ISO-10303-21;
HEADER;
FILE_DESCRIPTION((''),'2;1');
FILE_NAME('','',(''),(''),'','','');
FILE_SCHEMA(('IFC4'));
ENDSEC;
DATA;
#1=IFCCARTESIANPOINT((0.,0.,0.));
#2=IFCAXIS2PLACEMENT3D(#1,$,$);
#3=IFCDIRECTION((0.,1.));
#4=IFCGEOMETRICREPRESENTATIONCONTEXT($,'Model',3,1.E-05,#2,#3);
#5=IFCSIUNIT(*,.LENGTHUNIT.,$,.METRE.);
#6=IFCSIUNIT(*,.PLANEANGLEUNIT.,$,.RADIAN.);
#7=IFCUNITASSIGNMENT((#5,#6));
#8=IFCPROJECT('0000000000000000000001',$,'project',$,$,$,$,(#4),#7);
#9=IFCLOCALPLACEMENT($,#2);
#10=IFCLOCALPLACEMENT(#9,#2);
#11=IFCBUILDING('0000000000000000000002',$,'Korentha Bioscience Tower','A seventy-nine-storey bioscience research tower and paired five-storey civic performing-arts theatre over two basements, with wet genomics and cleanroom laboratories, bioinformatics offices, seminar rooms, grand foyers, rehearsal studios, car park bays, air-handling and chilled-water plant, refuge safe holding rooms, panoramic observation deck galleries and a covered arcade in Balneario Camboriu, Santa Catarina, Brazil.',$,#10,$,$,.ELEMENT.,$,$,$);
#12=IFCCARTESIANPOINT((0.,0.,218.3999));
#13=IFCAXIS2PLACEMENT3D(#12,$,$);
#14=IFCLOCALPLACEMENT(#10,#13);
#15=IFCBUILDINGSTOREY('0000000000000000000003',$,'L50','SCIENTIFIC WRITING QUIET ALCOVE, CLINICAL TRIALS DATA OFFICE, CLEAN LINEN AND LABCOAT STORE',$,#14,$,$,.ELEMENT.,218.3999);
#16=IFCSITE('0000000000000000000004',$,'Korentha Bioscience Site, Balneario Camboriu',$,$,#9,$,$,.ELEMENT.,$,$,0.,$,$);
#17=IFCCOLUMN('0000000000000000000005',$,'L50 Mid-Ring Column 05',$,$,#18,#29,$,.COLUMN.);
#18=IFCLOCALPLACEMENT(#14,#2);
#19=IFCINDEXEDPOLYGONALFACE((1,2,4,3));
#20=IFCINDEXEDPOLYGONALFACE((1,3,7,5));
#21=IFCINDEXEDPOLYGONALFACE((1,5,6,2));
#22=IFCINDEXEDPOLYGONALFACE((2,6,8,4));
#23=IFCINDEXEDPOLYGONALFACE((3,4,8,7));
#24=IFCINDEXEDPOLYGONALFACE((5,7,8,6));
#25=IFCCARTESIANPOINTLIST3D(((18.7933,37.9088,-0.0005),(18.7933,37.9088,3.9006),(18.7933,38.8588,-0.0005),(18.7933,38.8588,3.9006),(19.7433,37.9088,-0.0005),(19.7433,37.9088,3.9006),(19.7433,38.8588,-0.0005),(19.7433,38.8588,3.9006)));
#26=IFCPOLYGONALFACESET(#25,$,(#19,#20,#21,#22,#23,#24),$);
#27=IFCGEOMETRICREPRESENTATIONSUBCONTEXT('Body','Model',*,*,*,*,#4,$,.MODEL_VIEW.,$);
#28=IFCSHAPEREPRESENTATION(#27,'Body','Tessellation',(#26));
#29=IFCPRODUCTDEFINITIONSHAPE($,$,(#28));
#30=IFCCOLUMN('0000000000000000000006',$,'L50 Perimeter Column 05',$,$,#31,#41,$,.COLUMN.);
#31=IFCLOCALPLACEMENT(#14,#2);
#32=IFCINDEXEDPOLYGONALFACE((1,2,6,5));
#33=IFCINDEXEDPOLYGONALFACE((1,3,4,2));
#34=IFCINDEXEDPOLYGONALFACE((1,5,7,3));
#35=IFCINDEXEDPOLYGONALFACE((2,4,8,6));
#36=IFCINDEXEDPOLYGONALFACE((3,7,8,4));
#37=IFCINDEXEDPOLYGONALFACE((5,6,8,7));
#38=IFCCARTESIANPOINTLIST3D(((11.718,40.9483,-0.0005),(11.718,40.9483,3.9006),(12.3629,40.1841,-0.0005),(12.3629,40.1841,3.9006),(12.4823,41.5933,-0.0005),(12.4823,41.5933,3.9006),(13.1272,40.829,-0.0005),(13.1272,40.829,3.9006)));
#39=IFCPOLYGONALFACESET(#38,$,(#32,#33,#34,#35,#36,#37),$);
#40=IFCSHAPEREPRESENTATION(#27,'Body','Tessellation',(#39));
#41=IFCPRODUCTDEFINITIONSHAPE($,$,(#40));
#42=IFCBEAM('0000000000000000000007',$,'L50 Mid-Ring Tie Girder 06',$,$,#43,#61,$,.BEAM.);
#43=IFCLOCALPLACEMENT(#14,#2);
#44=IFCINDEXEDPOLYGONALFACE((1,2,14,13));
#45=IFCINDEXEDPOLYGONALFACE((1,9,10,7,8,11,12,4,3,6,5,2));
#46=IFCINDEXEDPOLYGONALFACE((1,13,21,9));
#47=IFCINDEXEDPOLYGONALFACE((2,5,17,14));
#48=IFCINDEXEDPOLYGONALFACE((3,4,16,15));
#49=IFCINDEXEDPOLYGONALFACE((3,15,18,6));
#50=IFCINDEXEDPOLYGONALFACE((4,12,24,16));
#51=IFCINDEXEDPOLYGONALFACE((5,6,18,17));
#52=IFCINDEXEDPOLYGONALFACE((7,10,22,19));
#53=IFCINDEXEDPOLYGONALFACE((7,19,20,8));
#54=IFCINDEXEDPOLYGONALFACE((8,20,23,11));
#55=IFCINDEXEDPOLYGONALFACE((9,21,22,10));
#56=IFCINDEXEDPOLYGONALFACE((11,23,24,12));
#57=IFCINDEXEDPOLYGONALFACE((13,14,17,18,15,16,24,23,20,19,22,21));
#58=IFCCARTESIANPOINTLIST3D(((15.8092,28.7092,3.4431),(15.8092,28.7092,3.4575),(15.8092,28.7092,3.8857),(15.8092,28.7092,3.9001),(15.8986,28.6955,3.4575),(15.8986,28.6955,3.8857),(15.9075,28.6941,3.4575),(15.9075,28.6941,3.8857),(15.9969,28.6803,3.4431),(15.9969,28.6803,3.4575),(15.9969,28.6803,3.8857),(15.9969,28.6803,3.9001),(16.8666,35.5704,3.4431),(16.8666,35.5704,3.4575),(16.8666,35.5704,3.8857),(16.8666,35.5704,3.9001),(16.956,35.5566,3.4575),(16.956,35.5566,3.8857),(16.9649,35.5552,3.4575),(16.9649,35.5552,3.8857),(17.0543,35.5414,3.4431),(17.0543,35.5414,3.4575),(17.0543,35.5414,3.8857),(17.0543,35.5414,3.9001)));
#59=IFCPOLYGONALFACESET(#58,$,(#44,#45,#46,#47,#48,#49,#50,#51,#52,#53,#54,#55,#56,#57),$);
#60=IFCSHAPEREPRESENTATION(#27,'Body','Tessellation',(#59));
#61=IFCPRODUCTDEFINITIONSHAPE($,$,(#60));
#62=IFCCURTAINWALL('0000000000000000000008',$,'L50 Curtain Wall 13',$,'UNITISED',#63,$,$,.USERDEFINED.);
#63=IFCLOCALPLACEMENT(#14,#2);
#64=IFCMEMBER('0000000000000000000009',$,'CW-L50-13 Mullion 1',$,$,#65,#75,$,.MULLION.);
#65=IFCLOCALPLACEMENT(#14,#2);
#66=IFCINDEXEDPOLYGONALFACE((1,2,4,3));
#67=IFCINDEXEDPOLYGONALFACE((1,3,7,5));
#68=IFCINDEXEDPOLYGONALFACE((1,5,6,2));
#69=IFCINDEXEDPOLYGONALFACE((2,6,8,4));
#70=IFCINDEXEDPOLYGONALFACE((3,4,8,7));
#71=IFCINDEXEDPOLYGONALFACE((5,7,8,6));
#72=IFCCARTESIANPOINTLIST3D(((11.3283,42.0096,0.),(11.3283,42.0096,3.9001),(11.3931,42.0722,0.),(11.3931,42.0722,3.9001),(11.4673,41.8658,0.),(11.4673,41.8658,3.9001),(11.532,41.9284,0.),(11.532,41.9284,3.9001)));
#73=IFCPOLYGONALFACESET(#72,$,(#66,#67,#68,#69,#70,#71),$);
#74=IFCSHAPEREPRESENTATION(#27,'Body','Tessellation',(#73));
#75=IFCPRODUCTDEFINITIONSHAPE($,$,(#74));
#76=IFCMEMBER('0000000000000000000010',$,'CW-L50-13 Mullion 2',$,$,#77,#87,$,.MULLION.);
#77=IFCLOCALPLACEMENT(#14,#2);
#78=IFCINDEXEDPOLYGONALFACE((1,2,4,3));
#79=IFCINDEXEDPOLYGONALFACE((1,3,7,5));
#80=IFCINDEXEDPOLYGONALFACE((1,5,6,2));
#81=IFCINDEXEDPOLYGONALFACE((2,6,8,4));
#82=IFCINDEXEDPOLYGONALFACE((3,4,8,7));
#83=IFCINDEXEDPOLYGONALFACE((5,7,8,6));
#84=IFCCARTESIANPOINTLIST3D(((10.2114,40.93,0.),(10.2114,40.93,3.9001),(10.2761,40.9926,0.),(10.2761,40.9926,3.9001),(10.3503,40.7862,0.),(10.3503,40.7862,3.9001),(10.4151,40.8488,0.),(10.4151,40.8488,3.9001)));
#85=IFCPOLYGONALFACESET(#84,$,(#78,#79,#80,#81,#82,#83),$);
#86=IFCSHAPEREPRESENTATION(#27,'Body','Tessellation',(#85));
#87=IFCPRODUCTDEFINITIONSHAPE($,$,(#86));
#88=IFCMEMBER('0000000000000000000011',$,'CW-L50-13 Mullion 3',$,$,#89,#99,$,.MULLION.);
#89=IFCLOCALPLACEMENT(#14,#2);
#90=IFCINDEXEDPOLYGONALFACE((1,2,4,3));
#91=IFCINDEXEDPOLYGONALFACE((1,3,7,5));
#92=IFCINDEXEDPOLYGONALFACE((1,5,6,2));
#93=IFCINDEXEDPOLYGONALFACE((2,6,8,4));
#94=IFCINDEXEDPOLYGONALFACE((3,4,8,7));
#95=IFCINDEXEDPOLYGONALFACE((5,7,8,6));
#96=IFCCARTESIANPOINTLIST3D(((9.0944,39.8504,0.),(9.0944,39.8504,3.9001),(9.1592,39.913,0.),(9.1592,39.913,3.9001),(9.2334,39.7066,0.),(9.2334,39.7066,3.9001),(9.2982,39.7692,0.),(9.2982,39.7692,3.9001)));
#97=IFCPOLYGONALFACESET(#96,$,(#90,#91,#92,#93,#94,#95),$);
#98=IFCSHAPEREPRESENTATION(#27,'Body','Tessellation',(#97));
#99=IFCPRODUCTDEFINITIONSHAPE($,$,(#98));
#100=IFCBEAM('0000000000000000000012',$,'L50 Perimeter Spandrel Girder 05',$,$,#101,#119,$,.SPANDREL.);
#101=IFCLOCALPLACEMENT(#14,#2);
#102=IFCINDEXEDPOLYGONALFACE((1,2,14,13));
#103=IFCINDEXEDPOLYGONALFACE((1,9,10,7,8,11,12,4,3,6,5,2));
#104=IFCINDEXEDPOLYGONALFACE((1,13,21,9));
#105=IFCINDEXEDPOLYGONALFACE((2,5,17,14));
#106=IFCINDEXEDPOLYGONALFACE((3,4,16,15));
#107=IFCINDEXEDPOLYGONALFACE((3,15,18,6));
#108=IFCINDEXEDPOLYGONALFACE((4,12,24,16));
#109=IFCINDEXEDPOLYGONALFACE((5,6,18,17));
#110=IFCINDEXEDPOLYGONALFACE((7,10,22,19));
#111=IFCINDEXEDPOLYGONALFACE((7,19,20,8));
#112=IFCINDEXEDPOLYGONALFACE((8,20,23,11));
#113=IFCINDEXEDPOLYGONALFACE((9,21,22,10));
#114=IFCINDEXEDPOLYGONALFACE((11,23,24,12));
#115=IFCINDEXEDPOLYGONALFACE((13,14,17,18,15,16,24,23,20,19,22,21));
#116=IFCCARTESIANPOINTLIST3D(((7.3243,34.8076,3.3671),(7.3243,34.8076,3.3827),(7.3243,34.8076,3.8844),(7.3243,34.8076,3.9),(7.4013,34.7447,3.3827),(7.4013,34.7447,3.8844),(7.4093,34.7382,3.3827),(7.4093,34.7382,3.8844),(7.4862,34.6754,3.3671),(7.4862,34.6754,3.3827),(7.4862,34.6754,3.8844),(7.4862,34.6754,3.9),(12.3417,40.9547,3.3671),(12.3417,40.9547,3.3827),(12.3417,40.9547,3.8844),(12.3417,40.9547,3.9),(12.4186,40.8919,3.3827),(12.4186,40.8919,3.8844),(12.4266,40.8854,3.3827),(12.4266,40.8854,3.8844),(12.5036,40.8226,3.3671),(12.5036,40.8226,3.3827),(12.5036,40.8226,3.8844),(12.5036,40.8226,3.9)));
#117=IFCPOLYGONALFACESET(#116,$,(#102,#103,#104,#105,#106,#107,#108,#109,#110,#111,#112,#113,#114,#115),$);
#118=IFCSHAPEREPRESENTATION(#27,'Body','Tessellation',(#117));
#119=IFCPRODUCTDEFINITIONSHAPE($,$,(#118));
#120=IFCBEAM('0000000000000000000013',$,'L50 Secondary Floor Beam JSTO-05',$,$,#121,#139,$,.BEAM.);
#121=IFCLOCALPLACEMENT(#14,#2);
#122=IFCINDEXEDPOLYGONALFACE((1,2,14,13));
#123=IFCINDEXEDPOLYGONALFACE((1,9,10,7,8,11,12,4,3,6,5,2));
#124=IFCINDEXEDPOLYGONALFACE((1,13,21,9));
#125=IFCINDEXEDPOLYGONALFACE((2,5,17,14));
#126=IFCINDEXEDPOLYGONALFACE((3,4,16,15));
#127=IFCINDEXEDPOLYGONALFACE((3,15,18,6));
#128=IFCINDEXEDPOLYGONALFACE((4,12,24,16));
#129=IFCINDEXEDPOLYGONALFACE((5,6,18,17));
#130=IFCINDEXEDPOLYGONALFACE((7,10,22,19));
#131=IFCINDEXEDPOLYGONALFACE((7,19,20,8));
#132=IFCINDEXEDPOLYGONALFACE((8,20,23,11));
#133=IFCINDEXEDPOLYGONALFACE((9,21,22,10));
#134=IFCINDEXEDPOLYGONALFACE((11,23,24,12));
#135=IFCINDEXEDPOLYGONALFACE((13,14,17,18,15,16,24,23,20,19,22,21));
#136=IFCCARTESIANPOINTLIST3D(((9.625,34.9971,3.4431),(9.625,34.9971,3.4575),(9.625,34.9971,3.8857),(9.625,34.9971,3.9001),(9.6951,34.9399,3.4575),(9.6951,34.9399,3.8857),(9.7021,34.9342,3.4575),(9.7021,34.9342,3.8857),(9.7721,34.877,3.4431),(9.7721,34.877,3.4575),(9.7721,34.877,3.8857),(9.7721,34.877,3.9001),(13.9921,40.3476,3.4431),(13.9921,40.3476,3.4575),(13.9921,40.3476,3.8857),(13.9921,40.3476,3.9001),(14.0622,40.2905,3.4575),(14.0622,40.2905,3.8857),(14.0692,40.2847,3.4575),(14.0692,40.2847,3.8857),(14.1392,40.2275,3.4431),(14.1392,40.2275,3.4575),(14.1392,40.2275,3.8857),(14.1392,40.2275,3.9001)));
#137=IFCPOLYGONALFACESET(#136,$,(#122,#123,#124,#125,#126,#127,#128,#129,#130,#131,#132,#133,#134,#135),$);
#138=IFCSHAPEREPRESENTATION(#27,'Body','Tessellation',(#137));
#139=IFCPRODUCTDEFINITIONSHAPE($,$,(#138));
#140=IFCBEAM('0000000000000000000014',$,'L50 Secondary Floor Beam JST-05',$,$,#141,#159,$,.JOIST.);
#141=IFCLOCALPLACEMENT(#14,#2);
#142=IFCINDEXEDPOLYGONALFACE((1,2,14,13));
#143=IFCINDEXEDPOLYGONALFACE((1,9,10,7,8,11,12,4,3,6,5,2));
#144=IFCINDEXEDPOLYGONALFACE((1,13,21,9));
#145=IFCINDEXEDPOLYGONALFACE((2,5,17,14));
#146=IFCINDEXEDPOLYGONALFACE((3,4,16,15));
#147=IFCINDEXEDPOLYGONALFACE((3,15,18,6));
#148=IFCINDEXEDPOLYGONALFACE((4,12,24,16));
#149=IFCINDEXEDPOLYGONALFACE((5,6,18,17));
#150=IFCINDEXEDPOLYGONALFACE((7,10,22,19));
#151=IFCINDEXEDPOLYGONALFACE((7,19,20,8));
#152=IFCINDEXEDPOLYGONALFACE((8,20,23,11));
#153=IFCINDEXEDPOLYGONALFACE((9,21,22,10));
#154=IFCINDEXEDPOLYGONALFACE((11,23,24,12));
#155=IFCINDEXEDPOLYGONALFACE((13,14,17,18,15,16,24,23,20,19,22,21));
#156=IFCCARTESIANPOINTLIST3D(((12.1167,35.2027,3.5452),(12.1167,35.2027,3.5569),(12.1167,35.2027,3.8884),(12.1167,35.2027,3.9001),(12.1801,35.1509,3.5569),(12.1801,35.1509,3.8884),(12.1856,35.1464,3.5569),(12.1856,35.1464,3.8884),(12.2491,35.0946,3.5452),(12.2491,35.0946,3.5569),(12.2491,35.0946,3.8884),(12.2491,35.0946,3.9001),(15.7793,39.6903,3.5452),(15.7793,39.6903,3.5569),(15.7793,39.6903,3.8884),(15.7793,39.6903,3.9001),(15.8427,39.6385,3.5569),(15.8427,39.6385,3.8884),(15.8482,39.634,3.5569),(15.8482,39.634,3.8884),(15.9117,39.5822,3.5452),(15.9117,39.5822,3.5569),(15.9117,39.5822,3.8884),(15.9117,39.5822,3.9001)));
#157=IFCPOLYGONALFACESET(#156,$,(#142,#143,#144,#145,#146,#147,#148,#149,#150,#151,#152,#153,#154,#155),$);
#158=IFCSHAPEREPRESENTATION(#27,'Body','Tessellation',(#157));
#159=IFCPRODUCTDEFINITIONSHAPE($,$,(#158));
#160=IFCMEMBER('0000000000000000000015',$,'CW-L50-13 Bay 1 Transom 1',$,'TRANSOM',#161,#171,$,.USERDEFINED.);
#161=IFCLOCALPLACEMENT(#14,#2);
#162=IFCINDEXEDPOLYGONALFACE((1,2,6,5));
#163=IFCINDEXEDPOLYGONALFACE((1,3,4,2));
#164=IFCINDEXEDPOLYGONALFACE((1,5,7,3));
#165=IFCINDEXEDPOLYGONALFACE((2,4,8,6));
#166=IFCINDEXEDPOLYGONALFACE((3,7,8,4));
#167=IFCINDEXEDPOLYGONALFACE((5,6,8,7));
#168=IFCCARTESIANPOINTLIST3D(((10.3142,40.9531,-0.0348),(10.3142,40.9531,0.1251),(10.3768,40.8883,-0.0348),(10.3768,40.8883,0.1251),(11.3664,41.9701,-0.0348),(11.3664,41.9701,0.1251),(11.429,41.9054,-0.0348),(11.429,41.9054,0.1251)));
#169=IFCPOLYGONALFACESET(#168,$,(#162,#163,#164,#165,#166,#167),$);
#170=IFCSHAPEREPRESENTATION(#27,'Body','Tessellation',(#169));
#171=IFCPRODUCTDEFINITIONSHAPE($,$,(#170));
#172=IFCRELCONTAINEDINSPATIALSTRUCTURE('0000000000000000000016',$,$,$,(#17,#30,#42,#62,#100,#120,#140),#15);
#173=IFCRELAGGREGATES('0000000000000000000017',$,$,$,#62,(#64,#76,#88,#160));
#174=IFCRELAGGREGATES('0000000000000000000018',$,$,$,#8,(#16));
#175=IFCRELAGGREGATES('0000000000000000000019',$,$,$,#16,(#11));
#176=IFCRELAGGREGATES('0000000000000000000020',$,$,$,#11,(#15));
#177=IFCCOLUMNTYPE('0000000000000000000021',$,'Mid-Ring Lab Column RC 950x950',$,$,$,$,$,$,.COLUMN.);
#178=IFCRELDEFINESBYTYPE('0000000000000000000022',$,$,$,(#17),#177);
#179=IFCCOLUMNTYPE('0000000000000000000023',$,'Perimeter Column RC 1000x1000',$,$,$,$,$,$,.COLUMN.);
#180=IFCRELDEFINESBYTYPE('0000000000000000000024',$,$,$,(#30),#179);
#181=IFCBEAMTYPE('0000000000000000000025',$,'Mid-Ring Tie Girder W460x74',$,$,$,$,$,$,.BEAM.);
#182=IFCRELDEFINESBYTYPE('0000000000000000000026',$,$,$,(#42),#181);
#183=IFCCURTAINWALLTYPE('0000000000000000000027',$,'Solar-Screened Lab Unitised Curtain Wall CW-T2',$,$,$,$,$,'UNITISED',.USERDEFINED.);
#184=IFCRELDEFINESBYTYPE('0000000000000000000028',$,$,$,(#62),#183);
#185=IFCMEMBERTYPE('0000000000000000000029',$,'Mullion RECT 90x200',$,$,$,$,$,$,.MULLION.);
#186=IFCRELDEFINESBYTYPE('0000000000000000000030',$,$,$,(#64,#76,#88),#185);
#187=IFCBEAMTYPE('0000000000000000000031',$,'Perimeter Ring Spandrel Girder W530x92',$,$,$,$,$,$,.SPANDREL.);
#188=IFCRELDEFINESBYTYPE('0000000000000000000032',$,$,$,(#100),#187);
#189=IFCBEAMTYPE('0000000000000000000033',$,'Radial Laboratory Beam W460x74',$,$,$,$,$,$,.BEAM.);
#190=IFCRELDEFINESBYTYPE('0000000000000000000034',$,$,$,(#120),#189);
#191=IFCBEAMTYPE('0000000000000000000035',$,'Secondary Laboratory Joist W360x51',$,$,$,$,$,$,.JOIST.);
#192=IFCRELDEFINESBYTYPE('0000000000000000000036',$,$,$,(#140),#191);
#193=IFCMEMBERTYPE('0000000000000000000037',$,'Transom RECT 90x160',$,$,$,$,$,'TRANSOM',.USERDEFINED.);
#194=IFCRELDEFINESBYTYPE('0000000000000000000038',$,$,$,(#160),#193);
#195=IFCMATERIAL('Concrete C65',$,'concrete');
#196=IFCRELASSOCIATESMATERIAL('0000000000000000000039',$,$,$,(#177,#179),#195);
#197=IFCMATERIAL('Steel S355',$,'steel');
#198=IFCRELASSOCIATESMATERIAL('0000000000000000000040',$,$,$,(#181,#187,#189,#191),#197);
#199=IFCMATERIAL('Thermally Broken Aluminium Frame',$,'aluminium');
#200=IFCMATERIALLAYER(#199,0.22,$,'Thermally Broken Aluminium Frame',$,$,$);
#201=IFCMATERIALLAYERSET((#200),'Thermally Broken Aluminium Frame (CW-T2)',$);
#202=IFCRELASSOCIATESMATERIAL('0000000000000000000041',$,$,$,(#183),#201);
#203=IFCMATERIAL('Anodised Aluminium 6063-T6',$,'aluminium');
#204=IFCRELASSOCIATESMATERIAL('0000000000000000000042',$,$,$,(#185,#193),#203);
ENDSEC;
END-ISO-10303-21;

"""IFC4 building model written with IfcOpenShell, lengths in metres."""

from ifc_helpers import new_model, si_unit, direction, frame, origin, origin_2d, place, context, subcontext, project, spatial, rectangle, i_section, extrude, material, layer, layer_set, material_profile, profile_set, type_object, element, aggregate, save


model = new_model("IFC4")

# Units and contexts
model_context = context("Model", 3, precision=1e-05, world=origin(), true_north=direction((0.0, 1.0)))
body_context = subcontext(model_context, "Body", "Model", "MODEL_VIEW")
ifc_project = project(units=[si_unit("LENGTHUNIT", "METRE"), si_unit("PLANEANGLEUNIT", "RADIAN")], contexts=[model_context])

# Site, building, storey
site_placement = place(None, origin())
site = spatial("IfcSite", under=ifc_project, at=site_placement, Name="Korentha Bioscience Site, Balneario Camboriu", CompositionType="ELEMENT", RefElevation=0.0)
building_placement = place(site_placement, origin())
building = spatial("IfcBuilding", under=site, at=building_placement, Name="Korentha Bioscience Tower", Description="A seventy-nine-storey bioscience research tower and paired five-storey civic performing-arts theatre over two basements, with wet genomics and cleanroom laboratories, bioinformatics offices, seminar rooms, grand foyers, rehearsal studios, car park bays, air-handling and chilled-water plant, refuge safe holding rooms, panoramic observation deck galleries and a covered arcade in Balneario Camboriu, Santa Catarina, Brazil.", CompositionType="ELEMENT")
storey_placement = place(building_placement, frame((0.0, 0.0, 218.3999)))
storey = spatial("IfcBuildingStorey", under=building, at=storey_placement, Name="L50", Description="SCIENTIFIC WRITING QUIET ALCOVE, CLINICAL TRIALS DATA OFFICE, CLEAN LINEN AND LABCOAT STORE", CompositionType="ELEMENT", Elevation=218.3999)

# Columns
ifc_material_1 = material(Name="Concrete C65", Category="concrete")
ifc_material_profile_1 = material_profile(ifc_material_1, rectangle(XDim=0.95, YDim=0.95, at=origin_2d()), Name="Concrete C65")
ifc_profile_set_1 = profile_set([ifc_material_profile_1], Name="Concrete C65 (COL-MR09)")
column_type_1 = type_object("IfcColumnType", Name="Mid-Ring Lab Column RC 950x950", PredefinedType="COLUMN", material=ifc_profile_set_1)
column_1_placement = place(storey_placement, frame((19.2683, 38.3838, -0.0005), z_axis=(0.0, 0.0, 1.0), x_axis=(1.0, 0.0, 0.0)))
element("IfcColumn", 1, at=column_1_placement, inside=storey, type_object=column_type_1, Name="L50 Mid-Ring Column 05", PredefinedType="COLUMN", context=body_context, shape_type="SweptSolid", body=[
    extrude(rectangle(XDim=0.95, YDim=0.95, at=origin_2d()), origin(), (0.0, 0.0, 1.0), 3.9011),
])
ifc_material_profile_2 = material_profile(ifc_material_1, rectangle(XDim=1.0, YDim=1.0, at=origin_2d()), Name="Concrete C65")
ifc_profile_set_2 = profile_set([ifc_material_profile_2], Name="Concrete C65 (COL-P10)")
column_type_2 = type_object("IfcColumnType", Name="Perimeter Column RC 1000x1000", PredefinedType="COLUMN", material=ifc_profile_set_2)
column_2_placement = place(storey_placement, frame((12.4226, 40.8887, -0.0005), z_axis=(0.0, 0.0, 1.0), x_axis=(0.764246, 0.644924, 0.0)))
element("IfcColumn", 2, at=column_2_placement, inside=storey, type_object=column_type_2, Name="L50 Perimeter Column 05", PredefinedType="COLUMN", context=body_context, shape_type="SweptSolid", body=[
    extrude(rectangle(XDim=1.0, YDim=1.0, at=origin_2d()), origin(), (0.0, 0.0, 1.0), 3.9011),
])

# Beam
ifc_material_2 = material(Name="Steel S355", Category="steel")
ifc_material_profile_3 = material_profile(ifc_material_2, i_section(OverallWidth=0.1899, OverallDepth=0.457, WebThickness=0.009, FlangeThickness=0.0144, at=origin_2d()), Name="Steel S355")
ifc_profile_set_3 = profile_set([ifc_material_profile_3], Name="Steel S355 (MB-460)")
beam_type_1 = type_object("IfcBeamType", Name="Mid-Ring Tie Girder W460x74", PredefinedType="BEAM", material=ifc_profile_set_3)
beam_1_placement = place(storey_placement, frame((16.9604, 35.5559, 3.6716), z_axis=(-0.152314, -0.988332, 0.0), x_axis=(0.988332, -0.152314, 0.0)))
element("IfcBeam", 3, at=beam_1_placement, inside=storey, type_object=beam_type_1, Name="L50 Mid-Ring Tie Girder 06", PredefinedType="BEAM", context=body_context, shape_type="SweptSolid", body=[
    extrude(i_section(OverallWidth=0.1899, OverallDepth=0.457, WebThickness=0.009, FlangeThickness=0.0144, at=origin_2d()), origin(), (0.0, 0.0, 1.0), 6.9421),
])

# Curtain wall, members
ifc_material_3 = material(Name="Thermally Broken Aluminium Frame", Category="aluminium")
ifc_layer_1 = layer(ifc_material_3, 0.22, Name="Thermally Broken Aluminium Frame")
ifc_layer_set_1 = layer_set([ifc_layer_1], Name="Thermally Broken Aluminium Frame (CW-T2)")
curtain_wall_type = type_object("IfcCurtainWallType", Name="Solar-Screened Lab Unitised Curtain Wall CW-T2", ElementType="UNITISED", PredefinedType="USERDEFINED", material=ifc_layer_set_1)
curtain_wall_placement = place(storey_placement, origin())
curtain_wall = element("IfcCurtainWall", 4, at=curtain_wall_placement, inside=storey, type_object=curtain_wall_type, Name="L50 Curtain Wall 13", ObjectType="UNITISED", PredefinedType="USERDEFINED")
ifc_material_4 = material(Name="Anodised Aluminium 6063-T6", Category="aluminium")
ifc_material_profile_4 = material_profile(ifc_material_4, rectangle(XDim=0.0901, YDim=0.2, at=origin_2d()), Name="Anodised Aluminium 6063-T6")
ifc_profile_set_4 = profile_set([ifc_material_profile_4], Name="Anodised Aluminium 6063-T6 (CW-MUL)")
member_type_1 = type_object("IfcMemberType", Name="Mullion RECT 90x200", PredefinedType="MULLION", material=ifc_profile_set_4)
member_1_placement = place(storey_placement, frame((11.4302, 41.969, 0.0), z_axis=(0.0, 0.0, 1.0), x_axis=(-0.719, -0.69501, 0.0)))
member_1 = element("IfcMember", 5, at=member_1_placement, type_object=member_type_1, Name="CW-L50-13 Mullion 1", PredefinedType="MULLION", context=body_context, shape_type="SweptSolid", body=[
    extrude(rectangle(XDim=0.0901, YDim=0.2, at=origin_2d()), origin(), (0.0, 0.0, 1.0), 3.9001),
])
member_2_placement = place(storey_placement, frame((10.3132, 40.8894, 0.0), z_axis=(0.0, 0.0, 1.0), x_axis=(-0.719, -0.69501, 0.0)))
member_2 = element("IfcMember", 6, at=member_2_placement, type_object=member_type_1, Name="CW-L50-13 Mullion 2", PredefinedType="MULLION", context=body_context, shape_type="SweptSolid", body=[
    extrude(rectangle(XDim=0.0901, YDim=0.2, at=origin_2d()), origin(), (0.0, 0.0, 1.0), 3.9001),
])
member_3_placement = place(storey_placement, frame((9.1963, 39.8098, 0.0), z_axis=(0.0, 0.0, 1.0), x_axis=(-0.719, -0.69501, 0.0)))
member_3 = element("IfcMember", 7, at=member_3_placement, type_object=member_type_1, Name="CW-L50-13 Mullion 3", PredefinedType="MULLION", context=body_context, shape_type="SweptSolid", body=[
    extrude(rectangle(XDim=0.0901, YDim=0.2, at=origin_2d()), origin(), (0.0, 0.0, 1.0), 3.9001),
])

# Beams
ifc_material_profile_5 = material_profile(ifc_material_2, i_section(OverallWidth=0.209, OverallDepth=0.533, WebThickness=0.0103, FlangeThickness=0.0156, at=origin_2d()), Name="Steel S355")
ifc_profile_set_5 = profile_set([ifc_material_profile_5], Name="Steel S355 (SB-530)")
beam_type_2 = type_object("IfcBeamType", Name="Perimeter Ring Spandrel Girder W530x92", PredefinedType="SPANDREL", material=ifc_profile_set_5)
beam_2_placement = place(storey_placement, frame((12.4226, 40.8887, 3.6335), z_axis=(-0.632316, -0.774711, 0.0), x_axis=(0.774711, -0.632316, 0.0)))
element("IfcBeam", 8, at=beam_2_placement, inside=storey, type_object=beam_type_2, Name="L50 Perimeter Spandrel Girder 05", PredefinedType="SPANDREL", context=body_context, shape_type="SweptSolid", body=[
    extrude(i_section(OverallWidth=0.209, OverallDepth=0.533, WebThickness=0.0103, FlangeThickness=0.0156, at=origin_2d()), origin(), (0.0, 0.0, 1.0), 7.9348),
])
ifc_material_profile_6 = material_profile(ifc_material_2, i_section(OverallWidth=0.1899, OverallDepth=0.457, WebThickness=0.009, FlangeThickness=0.0144, at=origin_2d()), Name="Steel S355")
ifc_profile_set_6 = profile_set([ifc_material_profile_6], Name="Steel S355 (RB-460)")
beam_type_3 = type_object("IfcBeamType", Name="Radial Laboratory Beam W460x74", PredefinedType="BEAM", material=ifc_profile_set_6)
beam_3_placement = place(storey_placement, frame((14.0657, 40.2876, 3.6716), z_axis=(-0.632321, -0.774706, 0.0), x_axis=(0.774706, -0.632321, 0.0)))
element("IfcBeam", 9, at=beam_3_placement, inside=storey, type_object=beam_type_3, Name="L50 Secondary Floor Beam JSTO-05", PredefinedType="BEAM", context=body_context, shape_type="SweptSolid", body=[
    extrude(i_section(OverallWidth=0.1899, OverallDepth=0.457, WebThickness=0.009, FlangeThickness=0.0144, at=origin_2d()), origin(), (0.0, 0.0, 1.0), 6.9065),
])
ifc_material_profile_7 = material_profile(ifc_material_2, i_section(OverallWidth=0.1709, OverallDepth=0.355, WebThickness=0.0071, FlangeThickness=0.0117, at=origin_2d()), Name="Steel S355")
ifc_profile_set_7 = profile_set([ifc_material_profile_7], Name="Steel S355 (JB-360)")
beam_type_4 = type_object("IfcBeamType", Name="Secondary Laboratory Joist W360x51", PredefinedType="JOIST", material=ifc_profile_set_7)
beam_4_placement = place(storey_placement, frame((15.8455, 39.6362, 3.7227), z_axis=(-0.632303, -0.774721, 0.0), x_axis=(0.774721, -0.632303, 0.0)))
element("IfcBeam", 10, at=beam_4_placement, inside=storey, type_object=beam_type_4, Name="L50 Secondary Floor Beam JST-05", PredefinedType="JOIST", context=body_context, shape_type="SweptSolid", body=[
    extrude(i_section(OverallWidth=0.1709, OverallDepth=0.355, WebThickness=0.0071, FlangeThickness=0.0117, at=origin_2d()), origin(), (0.0, 0.0, 1.0), 5.7925),
])

# Member
ifc_material_profile_8 = material_profile(ifc_material_4, rectangle(XDim=0.0901, YDim=0.1599, at=origin_2d()), Name="Anodised Aluminium 6063-T6")
ifc_profile_set_8 = profile_set([ifc_material_profile_8], Name="Anodised Aluminium 6063-T6 (CW-TRN)")
member_type_2 = type_object("IfcMemberType", Name="Transom RECT 90x160", ElementType="TRANSOM", PredefinedType="USERDEFINED", material=ifc_profile_set_8)
member_4_placement = place(storey_placement, frame((11.3977, 41.9377, 0.0452), z_axis=(-0.719016, -0.694993, 0.0), x_axis=(0.694993, -0.719016, 0.0)))
member_4 = element("IfcMember", 11, at=member_4_placement, type_object=member_type_2, Name="CW-L50-13 Bay 1 Transom 1", ObjectType="TRANSOM", PredefinedType="USERDEFINED", context=body_context, shape_type="SweptSolid", body=[
    extrude(rectangle(XDim=0.0901, YDim=0.1599, at=origin_2d()), origin(), (0.0, 0.0, 1.0), 1.4634),
])

aggregate(curtain_wall, [member_1, member_2, member_3, member_4])

save(model, "model.ifc")
